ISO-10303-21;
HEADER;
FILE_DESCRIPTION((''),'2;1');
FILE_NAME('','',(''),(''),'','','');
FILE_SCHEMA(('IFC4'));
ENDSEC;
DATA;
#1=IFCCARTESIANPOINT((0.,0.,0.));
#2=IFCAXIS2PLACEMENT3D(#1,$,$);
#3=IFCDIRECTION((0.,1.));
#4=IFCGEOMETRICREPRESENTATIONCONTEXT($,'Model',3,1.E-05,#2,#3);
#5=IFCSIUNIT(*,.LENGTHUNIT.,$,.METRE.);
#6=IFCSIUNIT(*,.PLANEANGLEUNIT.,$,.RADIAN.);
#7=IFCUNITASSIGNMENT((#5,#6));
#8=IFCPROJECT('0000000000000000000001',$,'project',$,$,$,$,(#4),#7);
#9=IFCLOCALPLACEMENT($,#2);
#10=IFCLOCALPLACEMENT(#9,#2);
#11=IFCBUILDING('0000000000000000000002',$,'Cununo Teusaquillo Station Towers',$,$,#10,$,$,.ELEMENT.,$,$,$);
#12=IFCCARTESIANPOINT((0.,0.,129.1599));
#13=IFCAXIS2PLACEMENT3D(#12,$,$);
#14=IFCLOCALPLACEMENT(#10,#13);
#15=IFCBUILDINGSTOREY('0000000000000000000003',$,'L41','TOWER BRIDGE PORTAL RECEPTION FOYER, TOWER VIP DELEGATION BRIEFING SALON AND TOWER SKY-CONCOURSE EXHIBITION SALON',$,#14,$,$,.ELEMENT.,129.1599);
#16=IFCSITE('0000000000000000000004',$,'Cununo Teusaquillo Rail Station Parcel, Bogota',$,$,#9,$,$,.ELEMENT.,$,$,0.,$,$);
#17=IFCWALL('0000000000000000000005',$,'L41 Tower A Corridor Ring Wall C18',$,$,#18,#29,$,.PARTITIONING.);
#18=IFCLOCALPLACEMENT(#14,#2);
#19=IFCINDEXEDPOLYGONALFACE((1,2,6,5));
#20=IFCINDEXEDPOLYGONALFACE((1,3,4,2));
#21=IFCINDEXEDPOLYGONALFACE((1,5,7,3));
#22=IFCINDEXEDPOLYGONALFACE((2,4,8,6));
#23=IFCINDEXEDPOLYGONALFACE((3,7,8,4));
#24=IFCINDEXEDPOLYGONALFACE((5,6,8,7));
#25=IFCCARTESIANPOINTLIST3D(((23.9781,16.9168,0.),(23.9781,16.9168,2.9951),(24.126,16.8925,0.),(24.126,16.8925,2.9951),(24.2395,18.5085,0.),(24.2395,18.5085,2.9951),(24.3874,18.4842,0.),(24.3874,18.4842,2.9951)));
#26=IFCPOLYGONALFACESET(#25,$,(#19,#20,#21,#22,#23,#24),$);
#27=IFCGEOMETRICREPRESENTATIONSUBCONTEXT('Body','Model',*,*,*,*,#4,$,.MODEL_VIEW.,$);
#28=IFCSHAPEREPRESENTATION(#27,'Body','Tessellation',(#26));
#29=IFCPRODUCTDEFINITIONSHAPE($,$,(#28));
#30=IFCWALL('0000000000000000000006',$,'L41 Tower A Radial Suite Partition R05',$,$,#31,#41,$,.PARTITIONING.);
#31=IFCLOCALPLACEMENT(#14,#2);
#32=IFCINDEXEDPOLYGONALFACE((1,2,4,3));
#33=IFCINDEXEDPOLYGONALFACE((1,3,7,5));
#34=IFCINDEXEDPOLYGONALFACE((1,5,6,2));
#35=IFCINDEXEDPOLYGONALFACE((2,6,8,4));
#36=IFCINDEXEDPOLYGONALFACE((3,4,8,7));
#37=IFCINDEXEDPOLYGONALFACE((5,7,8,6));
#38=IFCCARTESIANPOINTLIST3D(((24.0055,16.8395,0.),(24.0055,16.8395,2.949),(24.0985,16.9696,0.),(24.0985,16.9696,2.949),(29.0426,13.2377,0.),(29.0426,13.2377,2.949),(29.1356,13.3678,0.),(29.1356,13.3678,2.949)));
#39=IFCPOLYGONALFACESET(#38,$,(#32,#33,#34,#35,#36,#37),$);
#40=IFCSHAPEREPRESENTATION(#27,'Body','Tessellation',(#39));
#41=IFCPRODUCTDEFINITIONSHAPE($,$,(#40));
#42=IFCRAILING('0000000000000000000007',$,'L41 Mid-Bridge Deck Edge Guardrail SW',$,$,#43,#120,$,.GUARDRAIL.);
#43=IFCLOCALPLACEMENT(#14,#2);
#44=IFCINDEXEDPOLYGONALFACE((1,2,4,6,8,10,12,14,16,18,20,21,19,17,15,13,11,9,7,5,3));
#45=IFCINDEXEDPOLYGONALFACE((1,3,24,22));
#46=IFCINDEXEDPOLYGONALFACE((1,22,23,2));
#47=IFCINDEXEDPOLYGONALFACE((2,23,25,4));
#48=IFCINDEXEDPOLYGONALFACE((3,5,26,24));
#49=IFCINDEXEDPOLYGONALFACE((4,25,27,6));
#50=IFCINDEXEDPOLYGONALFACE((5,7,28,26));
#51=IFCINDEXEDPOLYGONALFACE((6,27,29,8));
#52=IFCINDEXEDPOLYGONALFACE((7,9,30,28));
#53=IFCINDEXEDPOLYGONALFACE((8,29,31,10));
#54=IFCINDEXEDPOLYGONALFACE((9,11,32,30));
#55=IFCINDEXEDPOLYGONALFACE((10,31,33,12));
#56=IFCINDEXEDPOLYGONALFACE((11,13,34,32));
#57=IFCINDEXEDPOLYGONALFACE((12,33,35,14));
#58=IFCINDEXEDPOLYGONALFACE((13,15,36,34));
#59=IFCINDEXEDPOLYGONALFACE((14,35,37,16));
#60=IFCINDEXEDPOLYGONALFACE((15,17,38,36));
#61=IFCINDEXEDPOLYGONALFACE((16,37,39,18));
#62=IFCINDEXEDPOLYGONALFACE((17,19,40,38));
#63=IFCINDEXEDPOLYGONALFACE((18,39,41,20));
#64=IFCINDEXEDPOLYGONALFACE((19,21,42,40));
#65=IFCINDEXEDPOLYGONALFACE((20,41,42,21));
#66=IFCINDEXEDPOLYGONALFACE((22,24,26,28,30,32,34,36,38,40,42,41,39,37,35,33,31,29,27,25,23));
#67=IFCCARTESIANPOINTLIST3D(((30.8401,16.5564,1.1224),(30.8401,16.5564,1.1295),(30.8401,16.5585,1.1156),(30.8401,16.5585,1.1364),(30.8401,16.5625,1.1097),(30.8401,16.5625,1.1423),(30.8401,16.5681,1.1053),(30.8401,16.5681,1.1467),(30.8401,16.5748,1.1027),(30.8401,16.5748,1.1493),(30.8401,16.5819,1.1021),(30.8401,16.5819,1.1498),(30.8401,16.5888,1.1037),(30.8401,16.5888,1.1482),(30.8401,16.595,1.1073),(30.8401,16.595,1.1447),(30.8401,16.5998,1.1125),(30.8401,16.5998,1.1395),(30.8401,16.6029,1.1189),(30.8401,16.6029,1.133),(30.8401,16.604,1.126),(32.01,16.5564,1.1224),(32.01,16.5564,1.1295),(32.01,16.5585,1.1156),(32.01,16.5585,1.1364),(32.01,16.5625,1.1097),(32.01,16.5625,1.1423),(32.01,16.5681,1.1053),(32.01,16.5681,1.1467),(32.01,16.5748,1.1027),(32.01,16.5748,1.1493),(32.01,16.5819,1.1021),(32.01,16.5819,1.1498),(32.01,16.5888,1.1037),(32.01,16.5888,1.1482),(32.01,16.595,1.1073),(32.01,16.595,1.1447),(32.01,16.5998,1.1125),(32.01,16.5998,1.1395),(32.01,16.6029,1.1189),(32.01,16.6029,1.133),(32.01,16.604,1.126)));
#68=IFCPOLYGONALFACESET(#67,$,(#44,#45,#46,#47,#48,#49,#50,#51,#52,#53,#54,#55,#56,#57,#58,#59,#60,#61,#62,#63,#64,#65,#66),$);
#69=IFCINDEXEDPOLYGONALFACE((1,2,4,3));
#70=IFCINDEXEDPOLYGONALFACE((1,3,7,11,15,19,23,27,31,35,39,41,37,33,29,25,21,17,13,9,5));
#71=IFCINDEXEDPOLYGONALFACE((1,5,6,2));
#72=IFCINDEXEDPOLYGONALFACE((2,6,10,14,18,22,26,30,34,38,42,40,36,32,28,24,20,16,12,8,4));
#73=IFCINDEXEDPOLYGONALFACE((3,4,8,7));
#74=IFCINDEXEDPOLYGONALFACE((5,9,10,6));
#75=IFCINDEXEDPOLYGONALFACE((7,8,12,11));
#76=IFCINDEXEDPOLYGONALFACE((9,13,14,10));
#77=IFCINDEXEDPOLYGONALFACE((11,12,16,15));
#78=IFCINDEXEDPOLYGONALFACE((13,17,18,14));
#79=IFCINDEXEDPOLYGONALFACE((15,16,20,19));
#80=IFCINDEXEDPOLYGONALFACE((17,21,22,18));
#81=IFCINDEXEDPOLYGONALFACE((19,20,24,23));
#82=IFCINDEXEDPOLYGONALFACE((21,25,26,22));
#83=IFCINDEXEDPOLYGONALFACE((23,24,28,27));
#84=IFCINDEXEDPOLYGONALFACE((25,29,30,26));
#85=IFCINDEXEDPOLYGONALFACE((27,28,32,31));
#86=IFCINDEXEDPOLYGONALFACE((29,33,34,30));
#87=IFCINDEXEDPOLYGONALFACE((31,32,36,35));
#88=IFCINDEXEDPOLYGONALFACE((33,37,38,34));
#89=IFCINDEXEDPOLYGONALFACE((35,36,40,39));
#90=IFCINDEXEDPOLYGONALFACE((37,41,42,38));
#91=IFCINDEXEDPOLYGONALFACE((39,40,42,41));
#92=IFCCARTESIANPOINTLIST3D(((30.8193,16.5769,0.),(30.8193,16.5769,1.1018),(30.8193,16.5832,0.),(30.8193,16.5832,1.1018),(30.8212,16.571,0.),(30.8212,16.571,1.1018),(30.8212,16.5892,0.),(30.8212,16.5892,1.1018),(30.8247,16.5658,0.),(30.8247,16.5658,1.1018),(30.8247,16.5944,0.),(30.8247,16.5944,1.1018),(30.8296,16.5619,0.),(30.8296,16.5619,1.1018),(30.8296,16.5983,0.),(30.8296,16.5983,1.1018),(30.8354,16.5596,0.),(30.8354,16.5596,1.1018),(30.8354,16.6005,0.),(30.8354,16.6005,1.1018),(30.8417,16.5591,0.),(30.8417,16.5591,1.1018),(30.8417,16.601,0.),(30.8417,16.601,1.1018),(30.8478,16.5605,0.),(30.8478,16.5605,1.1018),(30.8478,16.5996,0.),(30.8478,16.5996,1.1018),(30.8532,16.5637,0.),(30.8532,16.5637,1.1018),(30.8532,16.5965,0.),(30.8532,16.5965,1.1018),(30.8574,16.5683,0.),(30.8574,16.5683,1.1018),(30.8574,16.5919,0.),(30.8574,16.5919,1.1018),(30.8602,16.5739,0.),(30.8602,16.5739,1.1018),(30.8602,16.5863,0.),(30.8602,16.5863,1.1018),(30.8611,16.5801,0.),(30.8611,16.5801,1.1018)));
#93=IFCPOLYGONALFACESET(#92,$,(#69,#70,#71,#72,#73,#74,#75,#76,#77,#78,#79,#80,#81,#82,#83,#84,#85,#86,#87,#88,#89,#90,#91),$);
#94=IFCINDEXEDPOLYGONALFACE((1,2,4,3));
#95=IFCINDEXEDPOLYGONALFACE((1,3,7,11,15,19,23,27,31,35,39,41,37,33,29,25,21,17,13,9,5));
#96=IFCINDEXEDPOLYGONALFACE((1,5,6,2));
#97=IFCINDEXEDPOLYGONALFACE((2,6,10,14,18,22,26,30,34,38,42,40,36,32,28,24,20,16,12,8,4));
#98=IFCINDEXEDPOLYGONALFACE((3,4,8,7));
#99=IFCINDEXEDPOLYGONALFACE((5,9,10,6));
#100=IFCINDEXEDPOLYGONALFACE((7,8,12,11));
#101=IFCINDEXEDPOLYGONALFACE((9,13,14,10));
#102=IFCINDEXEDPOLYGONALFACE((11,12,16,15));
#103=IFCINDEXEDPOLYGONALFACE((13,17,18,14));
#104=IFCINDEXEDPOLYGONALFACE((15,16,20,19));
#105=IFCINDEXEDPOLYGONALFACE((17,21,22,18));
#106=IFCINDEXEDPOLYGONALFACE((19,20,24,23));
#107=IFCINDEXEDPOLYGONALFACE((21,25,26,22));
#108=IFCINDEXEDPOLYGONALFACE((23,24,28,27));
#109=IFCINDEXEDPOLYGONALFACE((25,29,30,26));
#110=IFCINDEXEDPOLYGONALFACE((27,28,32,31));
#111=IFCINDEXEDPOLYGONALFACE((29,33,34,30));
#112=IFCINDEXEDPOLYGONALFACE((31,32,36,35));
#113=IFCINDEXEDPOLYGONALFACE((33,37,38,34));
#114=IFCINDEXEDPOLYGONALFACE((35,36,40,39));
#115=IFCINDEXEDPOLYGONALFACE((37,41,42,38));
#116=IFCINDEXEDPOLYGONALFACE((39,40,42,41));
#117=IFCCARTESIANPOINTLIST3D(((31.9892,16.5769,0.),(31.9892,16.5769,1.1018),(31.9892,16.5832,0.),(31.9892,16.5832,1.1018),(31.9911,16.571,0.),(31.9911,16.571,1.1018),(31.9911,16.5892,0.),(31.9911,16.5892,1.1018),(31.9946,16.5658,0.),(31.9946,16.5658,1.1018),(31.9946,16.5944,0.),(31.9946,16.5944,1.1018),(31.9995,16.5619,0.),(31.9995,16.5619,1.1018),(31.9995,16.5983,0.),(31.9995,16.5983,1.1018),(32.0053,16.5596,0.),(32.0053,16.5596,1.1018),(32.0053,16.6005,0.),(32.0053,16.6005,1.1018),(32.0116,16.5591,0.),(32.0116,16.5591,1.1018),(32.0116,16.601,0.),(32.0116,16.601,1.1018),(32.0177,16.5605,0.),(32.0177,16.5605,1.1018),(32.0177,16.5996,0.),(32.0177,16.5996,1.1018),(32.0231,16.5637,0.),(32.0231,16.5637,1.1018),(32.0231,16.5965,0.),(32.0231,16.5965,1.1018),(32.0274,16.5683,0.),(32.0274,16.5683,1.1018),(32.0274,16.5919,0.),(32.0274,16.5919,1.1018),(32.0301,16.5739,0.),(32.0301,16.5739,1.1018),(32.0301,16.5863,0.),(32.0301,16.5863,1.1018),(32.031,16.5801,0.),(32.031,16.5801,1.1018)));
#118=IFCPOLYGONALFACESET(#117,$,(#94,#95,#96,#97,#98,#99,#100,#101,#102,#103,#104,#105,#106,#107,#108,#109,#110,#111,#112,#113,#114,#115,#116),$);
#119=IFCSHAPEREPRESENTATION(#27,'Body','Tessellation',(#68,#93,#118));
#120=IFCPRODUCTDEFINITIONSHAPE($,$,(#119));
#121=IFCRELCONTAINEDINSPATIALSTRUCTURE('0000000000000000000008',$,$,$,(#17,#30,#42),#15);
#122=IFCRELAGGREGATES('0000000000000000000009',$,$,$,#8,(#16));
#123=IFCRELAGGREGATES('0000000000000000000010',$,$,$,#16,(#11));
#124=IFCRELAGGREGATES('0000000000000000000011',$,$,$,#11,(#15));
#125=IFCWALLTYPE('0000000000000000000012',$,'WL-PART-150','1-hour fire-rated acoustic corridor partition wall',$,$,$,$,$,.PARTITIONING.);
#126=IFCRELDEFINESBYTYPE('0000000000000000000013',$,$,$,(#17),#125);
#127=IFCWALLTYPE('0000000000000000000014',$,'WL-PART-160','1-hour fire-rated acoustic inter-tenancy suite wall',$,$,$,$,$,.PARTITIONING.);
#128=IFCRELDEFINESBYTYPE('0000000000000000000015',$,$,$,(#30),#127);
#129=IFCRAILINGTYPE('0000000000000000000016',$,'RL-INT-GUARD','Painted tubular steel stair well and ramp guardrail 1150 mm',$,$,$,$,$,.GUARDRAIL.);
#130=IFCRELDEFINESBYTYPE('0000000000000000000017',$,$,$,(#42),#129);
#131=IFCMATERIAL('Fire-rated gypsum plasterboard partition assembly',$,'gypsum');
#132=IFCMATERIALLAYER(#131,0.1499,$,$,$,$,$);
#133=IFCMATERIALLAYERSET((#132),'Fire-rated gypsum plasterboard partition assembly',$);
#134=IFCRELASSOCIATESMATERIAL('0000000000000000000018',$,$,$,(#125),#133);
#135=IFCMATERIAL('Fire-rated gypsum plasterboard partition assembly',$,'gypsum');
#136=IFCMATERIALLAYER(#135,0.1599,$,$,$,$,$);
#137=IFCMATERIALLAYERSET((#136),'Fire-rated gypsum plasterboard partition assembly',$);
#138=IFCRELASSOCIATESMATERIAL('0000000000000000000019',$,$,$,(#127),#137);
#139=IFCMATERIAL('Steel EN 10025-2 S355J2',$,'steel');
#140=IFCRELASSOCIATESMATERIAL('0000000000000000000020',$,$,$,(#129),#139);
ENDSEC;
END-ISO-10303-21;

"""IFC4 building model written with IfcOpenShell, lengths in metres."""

from ifc_helpers import new_model, si_unit, direction, frame, frame_2d, origin, origin_2d, place, context, subcontext, project, spatial, rectangle, circle, extrude, material, layer, layer_set, type_object, element, save


model = new_model("IFC4")

# Units and contexts
model_context = context("Model", 3, precision=1e-05, world=origin(), true_north=direction((0.0, 1.0)))
body_context = subcontext(model_context, "Body", "Model", "MODEL_VIEW")
ifc_project = project(units=[si_unit("LENGTHUNIT", "METRE"), si_unit("PLANEANGLEUNIT", "RADIAN")], contexts=[model_context])

# Site, building, storey
site_placement = place(None, origin())
site = spatial("IfcSite", under=ifc_project, at=site_placement, Name="Cununo Teusaquillo Rail Station Parcel, Bogota", CompositionType="ELEMENT", RefElevation=0.0)
building_placement = place(site_placement, origin())
building = spatial("IfcBuilding", under=site, at=building_placement, Name="Cununo Teusaquillo Station Towers", CompositionType="ELEMENT")
storey_placement = place(building_placement, frame((0.0, 0.0, 129.1599)))
storey = spatial("IfcBuildingStorey", under=building, at=storey_placement, Name="L41", Description="TOWER BRIDGE PORTAL RECEPTION FOYER, TOWER VIP DELEGATION BRIEFING SALON AND TOWER SKY-CONCOURSE EXHIBITION SALON", CompositionType="ELEMENT", Elevation=129.1599)

# Shared definitions
ifc_material_1 = material(Name="Fire-rated gypsum plasterboard partition assembly", Category="gypsum")
ifc_layer_1 = layer(ifc_material_1, 0.1499)
ifc_layer_set_1 = layer_set([ifc_layer_1], Name="Fire-rated gypsum plasterboard partition assembly")
wall_type_1 = type_object("IfcWallType", Name="WL-PART-150", Description="1-hour fire-rated acoustic corridor partition wall", PredefinedType="PARTITIONING", material=ifc_layer_set_1)

# Walls
wall_1_placement = place(storey_placement, frame((24.052, 16.9045, 0.0), z_axis=(0.0, 0.0, 1.0), x_axis=(0.162092, 0.986776, 0.0)))
element("IfcWall", 1, at=wall_1_placement, inside=storey, type_object=wall_type_1, Name="L41 Tower A Corridor Ring Wall C18", PredefinedType="PARTITIONING", context=body_context, shape_type="SweptSolid", body=[
    extrude(rectangle(XDim=1.613, YDim=0.1499, at=frame_2d((0.8066, 0.0))), origin(), (0.0, 0.0, 1.0), 2.9951),
])
ifc_material_2 = material(Name="Fire-rated gypsum plasterboard partition assembly", Category="gypsum")
ifc_layer_2 = layer(ifc_material_2, 0.1599)
ifc_layer_set_2 = layer_set([ifc_layer_2], Name="Fire-rated gypsum plasterboard partition assembly")
wall_type_2 = type_object("IfcWallType", Name="WL-PART-160", Description="1-hour fire-rated acoustic inter-tenancy suite wall", PredefinedType="PARTITIONING", material=ifc_layer_set_2)
wall_2_placement = place(storey_placement, frame((24.052, 16.9045, 0.0), z_axis=(0.0, 0.0, 1.0), x_axis=(0.813438, -0.581652, 0.0)))
element("IfcWall", 2, at=wall_2_placement, inside=storey, type_object=wall_type_2, Name="L41 Tower A Radial Suite Partition R05", PredefinedType="PARTITIONING", context=body_context, shape_type="SweptSolid", body=[
    extrude(rectangle(XDim=6.1924, YDim=0.1599, at=frame_2d((3.0962, 0.0))), origin(), (0.0, 0.0, 1.0), 2.949),
])

# Railing
ifc_material_3 = material(Name="Steel EN 10025-2 S355J2", Category="steel")
railing_type = type_object("IfcRailingType", Name="RL-INT-GUARD", Description="Painted tubular steel stair well and ramp guardrail 1150 mm", PredefinedType="GUARDRAIL", material=ifc_material_3)
railing_placement = place(storey_placement, frame((30.8401, 16.5801, 0.0)))
element("IfcRailing", 3, at=railing_placement, inside=storey, type_object=railing_type, Name="L41 Mid-Bridge Deck Edge Guardrail SW", PredefinedType="GUARDRAIL", context=body_context, shape_type="SweptSolid", body=[
    extrude(circle(Radius=0.0239, at=origin_2d()), frame((0.0, 0.0, 1.126), z_axis=(1.0, 0.0, 0.0), x_axis=(0.0, 1.0, 0.0)), (0.0, 0.0, 1.0), 1.1699),
    extrude(circle(Radius=0.021, at=origin_2d()), origin(), (0.0, 0.0, 1.0), 1.1018),
    extrude(circle(Radius=0.021, at=origin_2d()), frame((1.1699, 0.0, 0.0)), (0.0, 0.0, 1.0), 1.1018),
])

save(model, "model.ifc")
